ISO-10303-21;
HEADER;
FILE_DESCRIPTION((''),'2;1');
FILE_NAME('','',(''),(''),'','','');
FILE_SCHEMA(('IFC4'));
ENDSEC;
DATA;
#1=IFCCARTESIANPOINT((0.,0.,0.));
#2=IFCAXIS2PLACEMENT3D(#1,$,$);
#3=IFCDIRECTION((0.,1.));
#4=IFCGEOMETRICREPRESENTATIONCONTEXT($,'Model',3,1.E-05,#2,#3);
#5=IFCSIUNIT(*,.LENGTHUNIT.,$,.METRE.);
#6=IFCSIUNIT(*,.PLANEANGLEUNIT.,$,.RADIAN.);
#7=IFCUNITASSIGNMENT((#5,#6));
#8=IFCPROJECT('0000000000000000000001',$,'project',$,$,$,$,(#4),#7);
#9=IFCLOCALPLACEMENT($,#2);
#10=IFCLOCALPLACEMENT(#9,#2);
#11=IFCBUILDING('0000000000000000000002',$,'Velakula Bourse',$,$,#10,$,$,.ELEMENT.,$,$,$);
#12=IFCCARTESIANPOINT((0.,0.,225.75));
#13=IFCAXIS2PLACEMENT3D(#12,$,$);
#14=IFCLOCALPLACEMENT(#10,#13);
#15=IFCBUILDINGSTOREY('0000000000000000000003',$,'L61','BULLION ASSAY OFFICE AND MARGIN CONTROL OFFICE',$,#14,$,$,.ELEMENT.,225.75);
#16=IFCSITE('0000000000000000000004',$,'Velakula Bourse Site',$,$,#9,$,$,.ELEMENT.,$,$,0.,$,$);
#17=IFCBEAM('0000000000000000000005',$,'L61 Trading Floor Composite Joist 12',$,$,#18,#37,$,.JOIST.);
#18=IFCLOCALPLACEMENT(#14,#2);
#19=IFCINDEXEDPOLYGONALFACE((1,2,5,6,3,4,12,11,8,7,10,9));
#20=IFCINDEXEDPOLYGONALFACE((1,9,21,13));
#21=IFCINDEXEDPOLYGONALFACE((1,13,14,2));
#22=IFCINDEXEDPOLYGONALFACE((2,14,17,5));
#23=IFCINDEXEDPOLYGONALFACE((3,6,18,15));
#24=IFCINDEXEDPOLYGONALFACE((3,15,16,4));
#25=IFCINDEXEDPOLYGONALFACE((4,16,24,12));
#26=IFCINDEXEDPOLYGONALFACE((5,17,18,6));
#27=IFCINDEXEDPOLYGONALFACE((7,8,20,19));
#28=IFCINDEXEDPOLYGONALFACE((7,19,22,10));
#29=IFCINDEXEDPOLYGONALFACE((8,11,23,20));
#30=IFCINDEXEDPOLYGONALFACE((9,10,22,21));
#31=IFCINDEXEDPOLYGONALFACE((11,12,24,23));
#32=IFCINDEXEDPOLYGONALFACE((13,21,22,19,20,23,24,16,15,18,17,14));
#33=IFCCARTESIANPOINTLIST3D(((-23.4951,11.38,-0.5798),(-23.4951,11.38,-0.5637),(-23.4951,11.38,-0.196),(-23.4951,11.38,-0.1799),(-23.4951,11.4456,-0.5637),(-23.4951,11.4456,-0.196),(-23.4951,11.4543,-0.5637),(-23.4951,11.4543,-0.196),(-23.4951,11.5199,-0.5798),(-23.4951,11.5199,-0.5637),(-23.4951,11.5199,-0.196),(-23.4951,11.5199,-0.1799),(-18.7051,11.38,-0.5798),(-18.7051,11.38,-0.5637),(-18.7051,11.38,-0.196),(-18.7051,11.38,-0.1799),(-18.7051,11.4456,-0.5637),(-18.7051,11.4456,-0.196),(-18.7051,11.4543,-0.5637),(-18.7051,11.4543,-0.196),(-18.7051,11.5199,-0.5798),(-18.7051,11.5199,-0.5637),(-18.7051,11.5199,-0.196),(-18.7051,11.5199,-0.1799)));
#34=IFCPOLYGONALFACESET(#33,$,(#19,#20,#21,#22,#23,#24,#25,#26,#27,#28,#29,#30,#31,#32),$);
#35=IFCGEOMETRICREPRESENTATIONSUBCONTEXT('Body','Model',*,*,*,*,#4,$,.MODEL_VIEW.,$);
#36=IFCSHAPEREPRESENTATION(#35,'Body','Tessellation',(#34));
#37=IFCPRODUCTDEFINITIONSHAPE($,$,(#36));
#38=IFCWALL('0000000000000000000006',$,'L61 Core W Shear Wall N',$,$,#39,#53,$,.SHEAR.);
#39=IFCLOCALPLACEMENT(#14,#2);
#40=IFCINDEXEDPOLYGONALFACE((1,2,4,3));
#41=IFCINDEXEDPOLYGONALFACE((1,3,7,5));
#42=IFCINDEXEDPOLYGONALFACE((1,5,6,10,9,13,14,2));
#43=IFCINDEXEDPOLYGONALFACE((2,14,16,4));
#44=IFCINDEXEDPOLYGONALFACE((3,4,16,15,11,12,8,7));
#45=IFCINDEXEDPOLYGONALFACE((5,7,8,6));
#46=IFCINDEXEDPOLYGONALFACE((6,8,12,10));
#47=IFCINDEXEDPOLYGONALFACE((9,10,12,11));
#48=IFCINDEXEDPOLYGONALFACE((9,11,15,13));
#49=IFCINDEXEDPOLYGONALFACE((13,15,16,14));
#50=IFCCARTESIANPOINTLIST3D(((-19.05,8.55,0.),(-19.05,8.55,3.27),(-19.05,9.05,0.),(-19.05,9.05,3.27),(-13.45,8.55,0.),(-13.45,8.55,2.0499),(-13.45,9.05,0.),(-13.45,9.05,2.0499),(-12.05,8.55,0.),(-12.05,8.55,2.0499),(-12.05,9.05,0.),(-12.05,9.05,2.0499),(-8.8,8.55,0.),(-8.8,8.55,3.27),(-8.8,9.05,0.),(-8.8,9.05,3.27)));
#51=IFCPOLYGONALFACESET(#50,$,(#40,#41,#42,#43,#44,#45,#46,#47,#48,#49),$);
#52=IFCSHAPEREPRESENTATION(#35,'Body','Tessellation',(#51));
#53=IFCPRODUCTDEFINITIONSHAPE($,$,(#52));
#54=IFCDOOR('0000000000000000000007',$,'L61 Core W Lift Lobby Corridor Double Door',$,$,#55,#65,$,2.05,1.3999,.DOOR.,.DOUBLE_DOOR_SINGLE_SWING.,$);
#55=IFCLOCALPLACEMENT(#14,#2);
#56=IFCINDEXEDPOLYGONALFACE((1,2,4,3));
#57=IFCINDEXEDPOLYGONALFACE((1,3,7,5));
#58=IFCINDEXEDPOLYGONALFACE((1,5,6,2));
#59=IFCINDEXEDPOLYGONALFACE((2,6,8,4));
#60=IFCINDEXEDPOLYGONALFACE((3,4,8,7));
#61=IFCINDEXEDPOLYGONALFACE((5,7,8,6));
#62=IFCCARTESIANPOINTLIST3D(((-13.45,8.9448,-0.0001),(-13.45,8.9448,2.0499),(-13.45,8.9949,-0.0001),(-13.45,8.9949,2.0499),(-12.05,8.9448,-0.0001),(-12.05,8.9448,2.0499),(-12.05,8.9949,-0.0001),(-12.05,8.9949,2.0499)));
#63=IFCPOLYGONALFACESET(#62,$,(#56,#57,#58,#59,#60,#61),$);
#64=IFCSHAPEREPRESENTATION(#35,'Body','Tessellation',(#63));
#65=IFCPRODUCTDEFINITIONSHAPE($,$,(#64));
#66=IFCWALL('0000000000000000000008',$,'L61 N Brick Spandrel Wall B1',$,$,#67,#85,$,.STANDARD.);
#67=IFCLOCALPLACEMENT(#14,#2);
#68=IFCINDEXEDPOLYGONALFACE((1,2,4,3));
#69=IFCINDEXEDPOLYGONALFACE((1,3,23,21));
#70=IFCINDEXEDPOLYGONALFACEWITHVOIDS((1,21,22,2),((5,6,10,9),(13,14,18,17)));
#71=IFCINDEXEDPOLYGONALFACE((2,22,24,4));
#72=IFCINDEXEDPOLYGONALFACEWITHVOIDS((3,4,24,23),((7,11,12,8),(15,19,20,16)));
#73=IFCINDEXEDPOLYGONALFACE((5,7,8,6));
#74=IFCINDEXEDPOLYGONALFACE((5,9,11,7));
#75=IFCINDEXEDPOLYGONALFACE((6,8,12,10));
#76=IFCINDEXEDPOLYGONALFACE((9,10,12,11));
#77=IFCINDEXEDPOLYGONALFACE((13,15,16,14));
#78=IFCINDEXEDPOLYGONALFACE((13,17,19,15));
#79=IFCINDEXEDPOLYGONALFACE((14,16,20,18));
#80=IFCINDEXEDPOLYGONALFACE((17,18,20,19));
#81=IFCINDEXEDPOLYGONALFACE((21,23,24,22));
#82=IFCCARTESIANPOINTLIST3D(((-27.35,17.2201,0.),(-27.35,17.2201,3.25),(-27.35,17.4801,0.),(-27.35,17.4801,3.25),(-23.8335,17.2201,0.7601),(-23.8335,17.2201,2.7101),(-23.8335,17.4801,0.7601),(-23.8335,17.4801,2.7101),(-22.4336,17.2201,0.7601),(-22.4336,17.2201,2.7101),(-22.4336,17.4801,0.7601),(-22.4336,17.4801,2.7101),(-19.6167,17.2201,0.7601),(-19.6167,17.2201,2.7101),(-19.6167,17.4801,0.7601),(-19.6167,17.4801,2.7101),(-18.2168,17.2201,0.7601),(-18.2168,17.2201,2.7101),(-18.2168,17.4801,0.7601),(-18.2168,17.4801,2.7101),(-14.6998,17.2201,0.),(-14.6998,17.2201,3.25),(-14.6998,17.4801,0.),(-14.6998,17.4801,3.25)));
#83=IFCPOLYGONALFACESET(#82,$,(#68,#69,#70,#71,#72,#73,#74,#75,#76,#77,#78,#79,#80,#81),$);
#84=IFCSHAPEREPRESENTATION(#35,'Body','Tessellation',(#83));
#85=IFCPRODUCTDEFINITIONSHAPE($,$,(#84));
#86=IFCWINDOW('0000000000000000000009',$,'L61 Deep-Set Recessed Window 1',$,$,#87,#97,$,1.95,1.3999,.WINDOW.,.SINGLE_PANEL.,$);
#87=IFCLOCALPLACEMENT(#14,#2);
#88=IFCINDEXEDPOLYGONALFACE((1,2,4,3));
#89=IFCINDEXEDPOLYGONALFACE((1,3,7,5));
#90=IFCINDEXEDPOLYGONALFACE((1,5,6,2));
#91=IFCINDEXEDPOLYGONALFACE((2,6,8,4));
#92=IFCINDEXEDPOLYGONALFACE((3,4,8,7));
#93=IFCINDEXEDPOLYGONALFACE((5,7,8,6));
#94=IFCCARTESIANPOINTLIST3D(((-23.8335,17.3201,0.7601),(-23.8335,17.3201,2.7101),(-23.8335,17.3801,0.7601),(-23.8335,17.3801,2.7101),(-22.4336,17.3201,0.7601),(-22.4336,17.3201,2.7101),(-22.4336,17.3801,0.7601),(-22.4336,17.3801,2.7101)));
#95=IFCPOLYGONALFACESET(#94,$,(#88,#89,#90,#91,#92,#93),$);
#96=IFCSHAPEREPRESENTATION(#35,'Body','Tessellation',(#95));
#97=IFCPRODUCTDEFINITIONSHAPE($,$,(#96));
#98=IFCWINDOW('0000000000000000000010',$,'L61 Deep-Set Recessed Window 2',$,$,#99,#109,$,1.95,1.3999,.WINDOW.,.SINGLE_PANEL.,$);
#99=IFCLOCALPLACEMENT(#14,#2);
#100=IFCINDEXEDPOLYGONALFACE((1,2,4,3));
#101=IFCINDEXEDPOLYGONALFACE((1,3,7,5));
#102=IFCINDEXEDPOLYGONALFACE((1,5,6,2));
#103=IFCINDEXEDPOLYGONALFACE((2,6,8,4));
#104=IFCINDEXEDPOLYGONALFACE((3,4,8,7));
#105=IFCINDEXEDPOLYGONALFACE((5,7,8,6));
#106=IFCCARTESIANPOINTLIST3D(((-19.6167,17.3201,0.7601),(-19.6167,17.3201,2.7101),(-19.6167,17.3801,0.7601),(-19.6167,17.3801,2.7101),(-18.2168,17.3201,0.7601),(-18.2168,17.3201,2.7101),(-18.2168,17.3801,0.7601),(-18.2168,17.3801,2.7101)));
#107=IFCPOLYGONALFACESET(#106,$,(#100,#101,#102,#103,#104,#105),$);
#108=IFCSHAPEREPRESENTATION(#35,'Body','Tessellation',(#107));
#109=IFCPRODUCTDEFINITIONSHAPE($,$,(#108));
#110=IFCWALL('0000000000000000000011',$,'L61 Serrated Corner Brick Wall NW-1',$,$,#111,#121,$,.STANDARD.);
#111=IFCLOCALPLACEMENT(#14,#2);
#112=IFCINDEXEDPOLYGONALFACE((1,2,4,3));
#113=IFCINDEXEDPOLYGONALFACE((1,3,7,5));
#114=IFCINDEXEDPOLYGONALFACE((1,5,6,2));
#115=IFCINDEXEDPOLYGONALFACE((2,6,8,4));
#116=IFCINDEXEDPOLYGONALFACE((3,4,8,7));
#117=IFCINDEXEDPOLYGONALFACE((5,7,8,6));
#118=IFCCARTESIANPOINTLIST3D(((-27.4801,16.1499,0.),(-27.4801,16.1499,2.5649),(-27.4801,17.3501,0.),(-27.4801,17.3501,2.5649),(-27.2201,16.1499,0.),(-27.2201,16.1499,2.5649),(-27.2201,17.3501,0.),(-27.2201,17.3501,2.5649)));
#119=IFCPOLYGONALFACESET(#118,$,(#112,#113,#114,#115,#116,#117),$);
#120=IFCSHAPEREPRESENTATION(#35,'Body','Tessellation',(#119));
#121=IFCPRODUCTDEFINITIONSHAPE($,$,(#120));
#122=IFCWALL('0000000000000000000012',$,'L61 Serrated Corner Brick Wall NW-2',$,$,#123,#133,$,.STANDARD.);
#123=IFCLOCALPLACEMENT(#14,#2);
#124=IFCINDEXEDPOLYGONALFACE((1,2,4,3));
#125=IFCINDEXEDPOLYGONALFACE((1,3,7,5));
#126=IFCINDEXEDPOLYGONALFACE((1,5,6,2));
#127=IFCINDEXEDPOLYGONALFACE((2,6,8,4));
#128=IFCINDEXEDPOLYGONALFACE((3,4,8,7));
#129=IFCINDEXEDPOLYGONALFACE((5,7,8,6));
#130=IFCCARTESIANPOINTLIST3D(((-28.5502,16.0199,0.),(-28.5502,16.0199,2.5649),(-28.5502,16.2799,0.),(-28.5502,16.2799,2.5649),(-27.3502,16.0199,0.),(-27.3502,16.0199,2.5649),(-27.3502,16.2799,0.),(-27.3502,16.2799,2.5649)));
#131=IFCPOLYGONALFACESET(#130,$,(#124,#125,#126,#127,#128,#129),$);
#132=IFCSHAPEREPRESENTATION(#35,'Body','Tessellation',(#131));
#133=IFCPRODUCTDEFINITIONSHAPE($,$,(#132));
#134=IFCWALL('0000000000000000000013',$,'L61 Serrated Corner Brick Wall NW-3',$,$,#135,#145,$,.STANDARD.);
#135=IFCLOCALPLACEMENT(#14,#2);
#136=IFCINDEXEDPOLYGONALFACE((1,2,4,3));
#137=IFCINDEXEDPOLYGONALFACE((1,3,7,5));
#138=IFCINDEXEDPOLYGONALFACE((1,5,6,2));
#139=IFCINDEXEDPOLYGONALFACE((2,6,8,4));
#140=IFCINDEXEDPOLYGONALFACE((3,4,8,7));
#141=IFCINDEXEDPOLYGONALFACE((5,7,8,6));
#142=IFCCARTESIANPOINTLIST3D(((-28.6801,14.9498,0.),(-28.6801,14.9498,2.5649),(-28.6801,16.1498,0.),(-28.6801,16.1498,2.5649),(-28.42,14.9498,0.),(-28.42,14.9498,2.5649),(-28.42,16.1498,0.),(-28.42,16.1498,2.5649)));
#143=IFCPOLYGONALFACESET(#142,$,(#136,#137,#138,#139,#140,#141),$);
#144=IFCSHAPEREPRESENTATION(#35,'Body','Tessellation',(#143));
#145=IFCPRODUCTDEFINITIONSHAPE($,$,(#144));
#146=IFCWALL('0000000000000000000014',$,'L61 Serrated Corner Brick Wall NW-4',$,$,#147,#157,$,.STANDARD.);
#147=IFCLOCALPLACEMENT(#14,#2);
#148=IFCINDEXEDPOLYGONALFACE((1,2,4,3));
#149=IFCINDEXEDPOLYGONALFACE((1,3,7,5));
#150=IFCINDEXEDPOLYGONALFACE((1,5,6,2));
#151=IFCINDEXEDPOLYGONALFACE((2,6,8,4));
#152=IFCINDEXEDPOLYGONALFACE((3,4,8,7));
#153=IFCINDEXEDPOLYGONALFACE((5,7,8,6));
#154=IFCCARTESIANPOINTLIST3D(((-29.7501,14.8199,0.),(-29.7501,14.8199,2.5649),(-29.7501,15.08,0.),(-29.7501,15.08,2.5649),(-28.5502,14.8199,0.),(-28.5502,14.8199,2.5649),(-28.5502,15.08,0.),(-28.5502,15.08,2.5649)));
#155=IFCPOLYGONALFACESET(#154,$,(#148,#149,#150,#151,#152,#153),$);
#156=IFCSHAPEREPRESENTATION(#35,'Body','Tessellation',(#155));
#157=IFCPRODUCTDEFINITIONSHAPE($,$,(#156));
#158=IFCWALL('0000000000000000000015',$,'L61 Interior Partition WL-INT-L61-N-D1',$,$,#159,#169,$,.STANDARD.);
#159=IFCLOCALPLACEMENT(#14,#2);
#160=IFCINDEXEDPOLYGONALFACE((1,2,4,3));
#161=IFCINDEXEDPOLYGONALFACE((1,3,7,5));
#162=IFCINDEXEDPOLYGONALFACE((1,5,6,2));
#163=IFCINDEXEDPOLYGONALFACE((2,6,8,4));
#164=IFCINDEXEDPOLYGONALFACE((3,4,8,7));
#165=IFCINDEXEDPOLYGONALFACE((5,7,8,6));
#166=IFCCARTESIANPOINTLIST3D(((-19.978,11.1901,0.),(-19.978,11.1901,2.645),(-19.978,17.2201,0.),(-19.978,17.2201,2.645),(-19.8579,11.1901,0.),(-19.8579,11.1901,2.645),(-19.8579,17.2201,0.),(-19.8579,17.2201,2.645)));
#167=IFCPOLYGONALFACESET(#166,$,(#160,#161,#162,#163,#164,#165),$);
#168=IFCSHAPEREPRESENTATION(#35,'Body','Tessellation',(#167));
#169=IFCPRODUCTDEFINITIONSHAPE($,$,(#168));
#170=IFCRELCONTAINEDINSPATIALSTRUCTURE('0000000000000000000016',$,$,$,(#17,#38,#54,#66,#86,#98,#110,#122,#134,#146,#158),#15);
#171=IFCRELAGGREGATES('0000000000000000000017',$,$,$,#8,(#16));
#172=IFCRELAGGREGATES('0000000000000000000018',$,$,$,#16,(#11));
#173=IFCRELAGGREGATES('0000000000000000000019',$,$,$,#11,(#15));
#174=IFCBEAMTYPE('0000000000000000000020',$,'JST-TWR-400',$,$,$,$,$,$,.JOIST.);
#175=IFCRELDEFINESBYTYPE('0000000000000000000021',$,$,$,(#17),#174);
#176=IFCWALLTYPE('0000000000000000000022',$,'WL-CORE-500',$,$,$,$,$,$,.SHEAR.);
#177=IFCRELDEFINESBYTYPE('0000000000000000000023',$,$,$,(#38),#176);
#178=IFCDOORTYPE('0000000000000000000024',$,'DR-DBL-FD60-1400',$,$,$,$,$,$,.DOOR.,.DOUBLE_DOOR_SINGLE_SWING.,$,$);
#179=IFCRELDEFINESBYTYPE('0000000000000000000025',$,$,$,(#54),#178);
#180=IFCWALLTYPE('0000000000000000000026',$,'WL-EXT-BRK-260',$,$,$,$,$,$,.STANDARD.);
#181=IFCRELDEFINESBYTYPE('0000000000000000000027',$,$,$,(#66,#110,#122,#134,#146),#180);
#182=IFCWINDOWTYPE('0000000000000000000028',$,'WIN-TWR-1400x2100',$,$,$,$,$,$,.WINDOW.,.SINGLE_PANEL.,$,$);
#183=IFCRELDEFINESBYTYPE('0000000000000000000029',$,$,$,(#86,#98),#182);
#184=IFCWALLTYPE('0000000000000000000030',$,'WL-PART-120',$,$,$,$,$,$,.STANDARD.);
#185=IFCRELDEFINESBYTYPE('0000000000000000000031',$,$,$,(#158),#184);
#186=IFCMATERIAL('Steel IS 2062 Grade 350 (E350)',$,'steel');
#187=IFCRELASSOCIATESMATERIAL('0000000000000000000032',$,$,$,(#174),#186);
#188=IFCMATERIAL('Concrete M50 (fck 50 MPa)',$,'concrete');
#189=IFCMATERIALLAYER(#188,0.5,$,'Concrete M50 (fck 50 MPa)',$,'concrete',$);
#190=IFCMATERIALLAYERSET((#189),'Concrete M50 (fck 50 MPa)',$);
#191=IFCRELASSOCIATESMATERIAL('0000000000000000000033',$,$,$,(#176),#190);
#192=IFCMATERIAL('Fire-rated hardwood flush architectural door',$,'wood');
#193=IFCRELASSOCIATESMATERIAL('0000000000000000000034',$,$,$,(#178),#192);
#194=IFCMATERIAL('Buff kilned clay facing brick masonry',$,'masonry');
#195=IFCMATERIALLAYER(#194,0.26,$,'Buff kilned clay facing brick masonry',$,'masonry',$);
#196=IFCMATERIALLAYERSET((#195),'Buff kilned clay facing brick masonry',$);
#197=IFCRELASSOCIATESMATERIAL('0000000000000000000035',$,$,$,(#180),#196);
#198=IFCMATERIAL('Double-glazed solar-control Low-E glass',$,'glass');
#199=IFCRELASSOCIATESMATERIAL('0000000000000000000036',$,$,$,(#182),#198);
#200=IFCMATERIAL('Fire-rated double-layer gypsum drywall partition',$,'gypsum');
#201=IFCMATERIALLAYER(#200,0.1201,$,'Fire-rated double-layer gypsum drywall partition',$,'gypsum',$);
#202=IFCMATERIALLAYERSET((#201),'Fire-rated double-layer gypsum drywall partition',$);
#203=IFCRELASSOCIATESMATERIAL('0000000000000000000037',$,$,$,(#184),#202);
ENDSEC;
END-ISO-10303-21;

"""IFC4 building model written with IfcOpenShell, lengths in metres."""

from ifc_helpers import new_model, si_unit, direction, frame, frame_2d, origin, origin_2d, place, context, subcontext, project, spatial, rectangle, i_section, extrude, material, layer, layer_set, material_profile, profile_set, type_object, element, fill, save


model = new_model("IFC4")

# Units and contexts
model_context = context("Model", 3, precision=1e-05, world=origin(), true_north=direction((0.0, 1.0)))
body_context = subcontext(model_context, "Body", "Model", "MODEL_VIEW")
ifc_project = project(units=[si_unit("LENGTHUNIT", "METRE"), si_unit("PLANEANGLEUNIT", "RADIAN")], contexts=[model_context])

# Site, building, storey
site_placement = place(None, origin())
site = spatial("IfcSite", under=ifc_project, at=site_placement, Name="Velakula Bourse Site", CompositionType="ELEMENT", RefElevation=0.0)
building_placement = place(site_placement, origin())
building = spatial("IfcBuilding", under=site, at=building_placement, Name="Velakula Bourse", CompositionType="ELEMENT")
storey_placement = place(building_placement, frame((0.0, 0.0, 225.75)))
storey = spatial("IfcBuildingStorey", under=building, at=storey_placement, Name="L61", Description="BULLION ASSAY OFFICE AND MARGIN CONTROL OFFICE", CompositionType="ELEMENT", Elevation=225.75)

# Shared definitions
ifc_material_1 = material(Name="Steel IS 2062 Grade 350 (E350)", Category="steel")

# Beam
ifc_material_profile_1 = material_profile(ifc_material_1, i_section(OverallWidth=0.1399, OverallDepth=0.3999, WebThickness=0.0088, FlangeThickness=0.0161, at=origin_2d()), Name="Steel IS 2062 Grade 350 (E350)")
ifc_profile_set_1 = profile_set([ifc_material_profile_1], Name="Steel IS 2062 Grade 350 (E350)")
beam_type_1 = type_object("IfcBeamType", Name="JST-TWR-400", PredefinedType="JOIST", material=ifc_profile_set_1)
beam_1_placement = place(storey_placement, frame((-23.4951, 11.45, -0.3799), z_axis=(1.0, 0.0, 0.0), x_axis=(0.0, 1.0, 0.0)))
element("IfcBeam", 1, at=beam_1_placement, inside=storey, type_object=beam_type_1, Name="L61 Trading Floor Composite Joist 12", PredefinedType="JOIST", context=body_context, shape_type="SweptSolid", body=[
    extrude(i_section(OverallWidth=0.1399, OverallDepth=0.3999, WebThickness=0.0088, FlangeThickness=0.0161, at=origin_2d()), origin(), (0.0, 0.0, 1.0), 4.79),
])

# Wall, opening, door
ifc_material_2 = material(Name="Concrete M50 (fck 50 MPa)", Category="concrete")
ifc_layer_1 = layer(ifc_material_2, 0.5, Name="Concrete M50 (fck 50 MPa)", Category="concrete")
ifc_layer_set_1 = layer_set([ifc_layer_1], Name="Concrete M50 (fck 50 MPa)")
wall_type_1 = type_object("IfcWallType", Name="WL-CORE-500", PredefinedType="SHEAR", material=ifc_layer_set_1)
wall_1_placement = place(storey_placement, frame((-19.05, 8.8, 0.0), z_axis=(0.0, 0.0, 1.0), x_axis=(1.0, 0.0, 0.0)))
wall_1 = element("IfcWall", 2, at=wall_1_placement, inside=storey, type_object=wall_type_1, Name="L61 Core W Shear Wall N", PredefinedType="SHEAR", context=body_context, shape_type="SweptSolid", body=[
    extrude(rectangle(XDim=10.25, YDim=0.5, at=frame_2d((5.125, 0.0))), origin(), (0.0, 0.0, 1.0), 3.27),
])
opening_1_placement = place(wall_1_placement, frame((5.6001, 0.0, 0.0)))
opening_1 = element("IfcOpeningElement", 3, at=opening_1_placement, cuts=wall_1, PredefinedType="OPENING", context=body_context, shape_type="SweptSolid", body=[
    extrude(rectangle(XDim=1.3999, YDim=2.05, at=frame_2d((0.7, 1.0249))), frame((0.0, 0.26, 0.0), z_axis=(0.0, -1.0, 0.0), x_axis=(1.0, 0.0, 0.0)), (0.0, 0.0, 1.0), 0.52),
])
ifc_material_3 = material(Name="Fire-rated hardwood flush architectural door", Category="wood")
door_type_1 = type_object("IfcDoorType", Name="DR-DBL-FD60-1400", OperationType="DOUBLE_DOOR_SINGLE_SWING", PredefinedType="DOOR", material=ifc_material_3)
door_1_placement = place(opening_1_placement, origin())
door_1 = element("IfcDoor", 4, at=door_1_placement, inside=storey, type_object=door_type_1, Name="L61 Core W Lift Lobby Corridor Double Door", OperationType="DOUBLE_DOOR_SINGLE_SWING", OverallHeight=2.05, OverallWidth=1.3999, PredefinedType="DOOR", context=body_context, shape_type="SweptSolid", body=[
    extrude(rectangle(XDim=1.3999, YDim=2.05, at=frame_2d((0.7, 1.0249))), frame((0.0, 0.1948, 0.0), z_axis=(0.0, -1.0, 0.0), x_axis=(1.0, 0.0, 0.0)), (0.0, 0.0, 1.0), 0.05),
])
fill(opening_1, door_1)

# Wall, openings, windows
ifc_material_4 = material(Name="Buff kilned clay facing brick masonry", Category="masonry")
ifc_layer_2 = layer(ifc_material_4, 0.26, Name="Buff kilned clay facing brick masonry", Category="masonry")
ifc_layer_set_2 = layer_set([ifc_layer_2], Name="Buff kilned clay facing brick masonry")
wall_type_2 = type_object("IfcWallType", Name="WL-EXT-BRK-260", PredefinedType="STANDARD", material=ifc_layer_set_2)
wall_2_placement = place(storey_placement, frame((-27.3501, 17.3501, 0.0), z_axis=(0.0, 0.0, 1.0), x_axis=(1.0, 0.0, 0.0)))
wall_2 = element("IfcWall", 5, at=wall_2_placement, inside=storey, type_object=wall_type_2, Name="L61 N Brick Spandrel Wall B1", PredefinedType="STANDARD", context=body_context, shape_type="SweptSolid", body=[
    extrude(rectangle(XDim=12.6501, YDim=0.26, at=frame_2d((6.3252, 0.0))), origin(), (0.0, 0.0, 1.0), 3.25),
])
opening_2_placement = place(wall_2_placement, frame((3.5166, 0.0, 0.76)))
opening_2 = element("IfcOpeningElement", 6, at=opening_2_placement, cuts=wall_2, PredefinedType="OPENING", context=body_context, shape_type="SweptSolid", body=[
    extrude(rectangle(XDim=1.3999, YDim=1.95, at=frame_2d((0.7, 0.9751))), frame((0.0, 0.1399, 0.0), z_axis=(0.0, -1.0, 0.0), x_axis=(1.0, 0.0, 0.0)), (0.0, 0.0, 1.0), 0.28),
])
opening_3_placement = place(wall_2_placement, frame((7.7334, 0.0, 0.76)))
opening_3 = element("IfcOpeningElement", 7, at=opening_3_placement, cuts=wall_2, PredefinedType="OPENING", context=body_context, shape_type="SweptSolid", body=[
    extrude(rectangle(XDim=1.3999, YDim=1.95, at=frame_2d((0.7, 0.9751))), frame((0.0, 0.1399, 0.0), z_axis=(0.0, -1.0, 0.0), x_axis=(1.0, 0.0, 0.0)), (0.0, 0.0, 1.0), 0.28),
])
ifc_material_5 = material(Name="Double-glazed solar-control Low-E glass", Category="glass")
window_type = type_object("IfcWindowType", Name="WIN-TWR-1400x2100", PartitioningType="SINGLE_PANEL", PredefinedType="WINDOW", material=ifc_material_5)
window_1_placement = place(opening_2_placement, origin())
window_1 = element("IfcWindow", 8, at=window_1_placement, inside=storey, type_object=window_type, Name="L61 Deep-Set Recessed Window 1", OverallHeight=1.95, OverallWidth=1.3999, PartitioningType="SINGLE_PANEL", PredefinedType="WINDOW", context=body_context, shape_type="SweptSolid", body=[
    extrude(rectangle(XDim=1.3999, YDim=1.95, at=frame_2d((0.7, 0.9751))), frame((0.0, 0.03, 0.0), z_axis=(0.0, -1.0, 0.0), x_axis=(1.0, 0.0, 0.0)), (0.0, 0.0, 1.0), 0.0601),
])
fill(opening_2, window_1)
window_2_placement = place(opening_3_placement, origin())
window_2 = element("IfcWindow", 9, at=window_2_placement, inside=storey, type_object=window_type, Name="L61 Deep-Set Recessed Window 2", OverallHeight=1.95, OverallWidth=1.3999, PartitioningType="SINGLE_PANEL", PredefinedType="WINDOW", context=body_context, shape_type="SweptSolid", body=[
    extrude(rectangle(XDim=1.3999, YDim=1.95, at=frame_2d((0.7, 0.9751))), frame((0.0, 0.03, 0.0), z_axis=(0.0, -1.0, 0.0), x_axis=(1.0, 0.0, 0.0)), (0.0, 0.0, 1.0), 0.0601),
])
fill(opening_3, window_2)

# Walls
wall_3_placement = place(storey_placement, frame((-27.3501, 17.3501, 0.0), z_axis=(0.0, 0.0, 1.0), x_axis=(0.0, -1.0, 0.0)))
element("IfcWall", 10, at=wall_3_placement, inside=storey, type_object=wall_type_2, Name="L61 Serrated Corner Brick Wall NW-1", PredefinedType="STANDARD", context=body_context, shape_type="SweptSolid", body=[
    extrude(rectangle(XDim=1.2002, YDim=0.26, at=frame_2d((0.6001, 0.0))), origin(), (0.0, 0.0, 1.0), 2.5649),
])
for number, where, z_axis, x_axis, name in (
    (11, (-27.3501, 16.1499, 0.0), (0.0, 0.0, 1.0), (-1.0, 0.0, 0.0), "L61 Serrated Corner Brick Wall NW-2"),
    (12, (-28.55, 16.1499, 0.0), (0.0, 0.0, 1.0), (0.0, -1.0, 0.0), "L61 Serrated Corner Brick Wall NW-3"),
    (13, (-28.55, 14.95, 0.0), (0.0, 0.0, 1.0), (-1.0, 0.0, 0.0), "L61 Serrated Corner Brick Wall NW-4"),
):
    element("IfcWall", number, at=place(storey_placement, frame(where, z_axis=z_axis, x_axis=x_axis)), inside=storey, type_object=wall_type_2, Name=name, PredefinedType="STANDARD", context=body_context, shape_type="SweptSolid", body=[
        extrude(rectangle(XDim=1.2, YDim=0.26, at=frame_2d((0.6001, 0.0))), origin(), (0.0, 0.0, 1.0), 2.5649),
    ])
ifc_material_6 = material(Name="Fire-rated double-layer gypsum drywall partition", Category="gypsum")
ifc_layer_3 = layer(ifc_material_6, 0.1201, Name="Fire-rated double-layer gypsum drywall partition", Category="gypsum")
ifc_layer_set_3 = layer_set([ifc_layer_3], Name="Fire-rated double-layer gypsum drywall partition")
wall_type_3 = type_object("IfcWallType", Name="WL-PART-120", PredefinedType="STANDARD", material=ifc_layer_set_3)
wall_4_placement = place(storey_placement, frame((-19.918, 11.1899, 0.0), z_axis=(0.0, 0.0, 1.0), x_axis=(0.0, 1.0, 0.0)))
element("IfcWall", 14, at=wall_4_placement, inside=storey, type_object=wall_type_3, Name="L61 Interior Partition WL-INT-L61-N-D1", PredefinedType="STANDARD", context=body_context, shape_type="SweptSolid", body=[
    extrude(rectangle(XDim=6.03, YDim=0.1201, at=frame_2d((3.0151, 0.0))), origin(), (0.0, 0.0, 1.0), 2.645),
])

save(model, "model.ifc")
